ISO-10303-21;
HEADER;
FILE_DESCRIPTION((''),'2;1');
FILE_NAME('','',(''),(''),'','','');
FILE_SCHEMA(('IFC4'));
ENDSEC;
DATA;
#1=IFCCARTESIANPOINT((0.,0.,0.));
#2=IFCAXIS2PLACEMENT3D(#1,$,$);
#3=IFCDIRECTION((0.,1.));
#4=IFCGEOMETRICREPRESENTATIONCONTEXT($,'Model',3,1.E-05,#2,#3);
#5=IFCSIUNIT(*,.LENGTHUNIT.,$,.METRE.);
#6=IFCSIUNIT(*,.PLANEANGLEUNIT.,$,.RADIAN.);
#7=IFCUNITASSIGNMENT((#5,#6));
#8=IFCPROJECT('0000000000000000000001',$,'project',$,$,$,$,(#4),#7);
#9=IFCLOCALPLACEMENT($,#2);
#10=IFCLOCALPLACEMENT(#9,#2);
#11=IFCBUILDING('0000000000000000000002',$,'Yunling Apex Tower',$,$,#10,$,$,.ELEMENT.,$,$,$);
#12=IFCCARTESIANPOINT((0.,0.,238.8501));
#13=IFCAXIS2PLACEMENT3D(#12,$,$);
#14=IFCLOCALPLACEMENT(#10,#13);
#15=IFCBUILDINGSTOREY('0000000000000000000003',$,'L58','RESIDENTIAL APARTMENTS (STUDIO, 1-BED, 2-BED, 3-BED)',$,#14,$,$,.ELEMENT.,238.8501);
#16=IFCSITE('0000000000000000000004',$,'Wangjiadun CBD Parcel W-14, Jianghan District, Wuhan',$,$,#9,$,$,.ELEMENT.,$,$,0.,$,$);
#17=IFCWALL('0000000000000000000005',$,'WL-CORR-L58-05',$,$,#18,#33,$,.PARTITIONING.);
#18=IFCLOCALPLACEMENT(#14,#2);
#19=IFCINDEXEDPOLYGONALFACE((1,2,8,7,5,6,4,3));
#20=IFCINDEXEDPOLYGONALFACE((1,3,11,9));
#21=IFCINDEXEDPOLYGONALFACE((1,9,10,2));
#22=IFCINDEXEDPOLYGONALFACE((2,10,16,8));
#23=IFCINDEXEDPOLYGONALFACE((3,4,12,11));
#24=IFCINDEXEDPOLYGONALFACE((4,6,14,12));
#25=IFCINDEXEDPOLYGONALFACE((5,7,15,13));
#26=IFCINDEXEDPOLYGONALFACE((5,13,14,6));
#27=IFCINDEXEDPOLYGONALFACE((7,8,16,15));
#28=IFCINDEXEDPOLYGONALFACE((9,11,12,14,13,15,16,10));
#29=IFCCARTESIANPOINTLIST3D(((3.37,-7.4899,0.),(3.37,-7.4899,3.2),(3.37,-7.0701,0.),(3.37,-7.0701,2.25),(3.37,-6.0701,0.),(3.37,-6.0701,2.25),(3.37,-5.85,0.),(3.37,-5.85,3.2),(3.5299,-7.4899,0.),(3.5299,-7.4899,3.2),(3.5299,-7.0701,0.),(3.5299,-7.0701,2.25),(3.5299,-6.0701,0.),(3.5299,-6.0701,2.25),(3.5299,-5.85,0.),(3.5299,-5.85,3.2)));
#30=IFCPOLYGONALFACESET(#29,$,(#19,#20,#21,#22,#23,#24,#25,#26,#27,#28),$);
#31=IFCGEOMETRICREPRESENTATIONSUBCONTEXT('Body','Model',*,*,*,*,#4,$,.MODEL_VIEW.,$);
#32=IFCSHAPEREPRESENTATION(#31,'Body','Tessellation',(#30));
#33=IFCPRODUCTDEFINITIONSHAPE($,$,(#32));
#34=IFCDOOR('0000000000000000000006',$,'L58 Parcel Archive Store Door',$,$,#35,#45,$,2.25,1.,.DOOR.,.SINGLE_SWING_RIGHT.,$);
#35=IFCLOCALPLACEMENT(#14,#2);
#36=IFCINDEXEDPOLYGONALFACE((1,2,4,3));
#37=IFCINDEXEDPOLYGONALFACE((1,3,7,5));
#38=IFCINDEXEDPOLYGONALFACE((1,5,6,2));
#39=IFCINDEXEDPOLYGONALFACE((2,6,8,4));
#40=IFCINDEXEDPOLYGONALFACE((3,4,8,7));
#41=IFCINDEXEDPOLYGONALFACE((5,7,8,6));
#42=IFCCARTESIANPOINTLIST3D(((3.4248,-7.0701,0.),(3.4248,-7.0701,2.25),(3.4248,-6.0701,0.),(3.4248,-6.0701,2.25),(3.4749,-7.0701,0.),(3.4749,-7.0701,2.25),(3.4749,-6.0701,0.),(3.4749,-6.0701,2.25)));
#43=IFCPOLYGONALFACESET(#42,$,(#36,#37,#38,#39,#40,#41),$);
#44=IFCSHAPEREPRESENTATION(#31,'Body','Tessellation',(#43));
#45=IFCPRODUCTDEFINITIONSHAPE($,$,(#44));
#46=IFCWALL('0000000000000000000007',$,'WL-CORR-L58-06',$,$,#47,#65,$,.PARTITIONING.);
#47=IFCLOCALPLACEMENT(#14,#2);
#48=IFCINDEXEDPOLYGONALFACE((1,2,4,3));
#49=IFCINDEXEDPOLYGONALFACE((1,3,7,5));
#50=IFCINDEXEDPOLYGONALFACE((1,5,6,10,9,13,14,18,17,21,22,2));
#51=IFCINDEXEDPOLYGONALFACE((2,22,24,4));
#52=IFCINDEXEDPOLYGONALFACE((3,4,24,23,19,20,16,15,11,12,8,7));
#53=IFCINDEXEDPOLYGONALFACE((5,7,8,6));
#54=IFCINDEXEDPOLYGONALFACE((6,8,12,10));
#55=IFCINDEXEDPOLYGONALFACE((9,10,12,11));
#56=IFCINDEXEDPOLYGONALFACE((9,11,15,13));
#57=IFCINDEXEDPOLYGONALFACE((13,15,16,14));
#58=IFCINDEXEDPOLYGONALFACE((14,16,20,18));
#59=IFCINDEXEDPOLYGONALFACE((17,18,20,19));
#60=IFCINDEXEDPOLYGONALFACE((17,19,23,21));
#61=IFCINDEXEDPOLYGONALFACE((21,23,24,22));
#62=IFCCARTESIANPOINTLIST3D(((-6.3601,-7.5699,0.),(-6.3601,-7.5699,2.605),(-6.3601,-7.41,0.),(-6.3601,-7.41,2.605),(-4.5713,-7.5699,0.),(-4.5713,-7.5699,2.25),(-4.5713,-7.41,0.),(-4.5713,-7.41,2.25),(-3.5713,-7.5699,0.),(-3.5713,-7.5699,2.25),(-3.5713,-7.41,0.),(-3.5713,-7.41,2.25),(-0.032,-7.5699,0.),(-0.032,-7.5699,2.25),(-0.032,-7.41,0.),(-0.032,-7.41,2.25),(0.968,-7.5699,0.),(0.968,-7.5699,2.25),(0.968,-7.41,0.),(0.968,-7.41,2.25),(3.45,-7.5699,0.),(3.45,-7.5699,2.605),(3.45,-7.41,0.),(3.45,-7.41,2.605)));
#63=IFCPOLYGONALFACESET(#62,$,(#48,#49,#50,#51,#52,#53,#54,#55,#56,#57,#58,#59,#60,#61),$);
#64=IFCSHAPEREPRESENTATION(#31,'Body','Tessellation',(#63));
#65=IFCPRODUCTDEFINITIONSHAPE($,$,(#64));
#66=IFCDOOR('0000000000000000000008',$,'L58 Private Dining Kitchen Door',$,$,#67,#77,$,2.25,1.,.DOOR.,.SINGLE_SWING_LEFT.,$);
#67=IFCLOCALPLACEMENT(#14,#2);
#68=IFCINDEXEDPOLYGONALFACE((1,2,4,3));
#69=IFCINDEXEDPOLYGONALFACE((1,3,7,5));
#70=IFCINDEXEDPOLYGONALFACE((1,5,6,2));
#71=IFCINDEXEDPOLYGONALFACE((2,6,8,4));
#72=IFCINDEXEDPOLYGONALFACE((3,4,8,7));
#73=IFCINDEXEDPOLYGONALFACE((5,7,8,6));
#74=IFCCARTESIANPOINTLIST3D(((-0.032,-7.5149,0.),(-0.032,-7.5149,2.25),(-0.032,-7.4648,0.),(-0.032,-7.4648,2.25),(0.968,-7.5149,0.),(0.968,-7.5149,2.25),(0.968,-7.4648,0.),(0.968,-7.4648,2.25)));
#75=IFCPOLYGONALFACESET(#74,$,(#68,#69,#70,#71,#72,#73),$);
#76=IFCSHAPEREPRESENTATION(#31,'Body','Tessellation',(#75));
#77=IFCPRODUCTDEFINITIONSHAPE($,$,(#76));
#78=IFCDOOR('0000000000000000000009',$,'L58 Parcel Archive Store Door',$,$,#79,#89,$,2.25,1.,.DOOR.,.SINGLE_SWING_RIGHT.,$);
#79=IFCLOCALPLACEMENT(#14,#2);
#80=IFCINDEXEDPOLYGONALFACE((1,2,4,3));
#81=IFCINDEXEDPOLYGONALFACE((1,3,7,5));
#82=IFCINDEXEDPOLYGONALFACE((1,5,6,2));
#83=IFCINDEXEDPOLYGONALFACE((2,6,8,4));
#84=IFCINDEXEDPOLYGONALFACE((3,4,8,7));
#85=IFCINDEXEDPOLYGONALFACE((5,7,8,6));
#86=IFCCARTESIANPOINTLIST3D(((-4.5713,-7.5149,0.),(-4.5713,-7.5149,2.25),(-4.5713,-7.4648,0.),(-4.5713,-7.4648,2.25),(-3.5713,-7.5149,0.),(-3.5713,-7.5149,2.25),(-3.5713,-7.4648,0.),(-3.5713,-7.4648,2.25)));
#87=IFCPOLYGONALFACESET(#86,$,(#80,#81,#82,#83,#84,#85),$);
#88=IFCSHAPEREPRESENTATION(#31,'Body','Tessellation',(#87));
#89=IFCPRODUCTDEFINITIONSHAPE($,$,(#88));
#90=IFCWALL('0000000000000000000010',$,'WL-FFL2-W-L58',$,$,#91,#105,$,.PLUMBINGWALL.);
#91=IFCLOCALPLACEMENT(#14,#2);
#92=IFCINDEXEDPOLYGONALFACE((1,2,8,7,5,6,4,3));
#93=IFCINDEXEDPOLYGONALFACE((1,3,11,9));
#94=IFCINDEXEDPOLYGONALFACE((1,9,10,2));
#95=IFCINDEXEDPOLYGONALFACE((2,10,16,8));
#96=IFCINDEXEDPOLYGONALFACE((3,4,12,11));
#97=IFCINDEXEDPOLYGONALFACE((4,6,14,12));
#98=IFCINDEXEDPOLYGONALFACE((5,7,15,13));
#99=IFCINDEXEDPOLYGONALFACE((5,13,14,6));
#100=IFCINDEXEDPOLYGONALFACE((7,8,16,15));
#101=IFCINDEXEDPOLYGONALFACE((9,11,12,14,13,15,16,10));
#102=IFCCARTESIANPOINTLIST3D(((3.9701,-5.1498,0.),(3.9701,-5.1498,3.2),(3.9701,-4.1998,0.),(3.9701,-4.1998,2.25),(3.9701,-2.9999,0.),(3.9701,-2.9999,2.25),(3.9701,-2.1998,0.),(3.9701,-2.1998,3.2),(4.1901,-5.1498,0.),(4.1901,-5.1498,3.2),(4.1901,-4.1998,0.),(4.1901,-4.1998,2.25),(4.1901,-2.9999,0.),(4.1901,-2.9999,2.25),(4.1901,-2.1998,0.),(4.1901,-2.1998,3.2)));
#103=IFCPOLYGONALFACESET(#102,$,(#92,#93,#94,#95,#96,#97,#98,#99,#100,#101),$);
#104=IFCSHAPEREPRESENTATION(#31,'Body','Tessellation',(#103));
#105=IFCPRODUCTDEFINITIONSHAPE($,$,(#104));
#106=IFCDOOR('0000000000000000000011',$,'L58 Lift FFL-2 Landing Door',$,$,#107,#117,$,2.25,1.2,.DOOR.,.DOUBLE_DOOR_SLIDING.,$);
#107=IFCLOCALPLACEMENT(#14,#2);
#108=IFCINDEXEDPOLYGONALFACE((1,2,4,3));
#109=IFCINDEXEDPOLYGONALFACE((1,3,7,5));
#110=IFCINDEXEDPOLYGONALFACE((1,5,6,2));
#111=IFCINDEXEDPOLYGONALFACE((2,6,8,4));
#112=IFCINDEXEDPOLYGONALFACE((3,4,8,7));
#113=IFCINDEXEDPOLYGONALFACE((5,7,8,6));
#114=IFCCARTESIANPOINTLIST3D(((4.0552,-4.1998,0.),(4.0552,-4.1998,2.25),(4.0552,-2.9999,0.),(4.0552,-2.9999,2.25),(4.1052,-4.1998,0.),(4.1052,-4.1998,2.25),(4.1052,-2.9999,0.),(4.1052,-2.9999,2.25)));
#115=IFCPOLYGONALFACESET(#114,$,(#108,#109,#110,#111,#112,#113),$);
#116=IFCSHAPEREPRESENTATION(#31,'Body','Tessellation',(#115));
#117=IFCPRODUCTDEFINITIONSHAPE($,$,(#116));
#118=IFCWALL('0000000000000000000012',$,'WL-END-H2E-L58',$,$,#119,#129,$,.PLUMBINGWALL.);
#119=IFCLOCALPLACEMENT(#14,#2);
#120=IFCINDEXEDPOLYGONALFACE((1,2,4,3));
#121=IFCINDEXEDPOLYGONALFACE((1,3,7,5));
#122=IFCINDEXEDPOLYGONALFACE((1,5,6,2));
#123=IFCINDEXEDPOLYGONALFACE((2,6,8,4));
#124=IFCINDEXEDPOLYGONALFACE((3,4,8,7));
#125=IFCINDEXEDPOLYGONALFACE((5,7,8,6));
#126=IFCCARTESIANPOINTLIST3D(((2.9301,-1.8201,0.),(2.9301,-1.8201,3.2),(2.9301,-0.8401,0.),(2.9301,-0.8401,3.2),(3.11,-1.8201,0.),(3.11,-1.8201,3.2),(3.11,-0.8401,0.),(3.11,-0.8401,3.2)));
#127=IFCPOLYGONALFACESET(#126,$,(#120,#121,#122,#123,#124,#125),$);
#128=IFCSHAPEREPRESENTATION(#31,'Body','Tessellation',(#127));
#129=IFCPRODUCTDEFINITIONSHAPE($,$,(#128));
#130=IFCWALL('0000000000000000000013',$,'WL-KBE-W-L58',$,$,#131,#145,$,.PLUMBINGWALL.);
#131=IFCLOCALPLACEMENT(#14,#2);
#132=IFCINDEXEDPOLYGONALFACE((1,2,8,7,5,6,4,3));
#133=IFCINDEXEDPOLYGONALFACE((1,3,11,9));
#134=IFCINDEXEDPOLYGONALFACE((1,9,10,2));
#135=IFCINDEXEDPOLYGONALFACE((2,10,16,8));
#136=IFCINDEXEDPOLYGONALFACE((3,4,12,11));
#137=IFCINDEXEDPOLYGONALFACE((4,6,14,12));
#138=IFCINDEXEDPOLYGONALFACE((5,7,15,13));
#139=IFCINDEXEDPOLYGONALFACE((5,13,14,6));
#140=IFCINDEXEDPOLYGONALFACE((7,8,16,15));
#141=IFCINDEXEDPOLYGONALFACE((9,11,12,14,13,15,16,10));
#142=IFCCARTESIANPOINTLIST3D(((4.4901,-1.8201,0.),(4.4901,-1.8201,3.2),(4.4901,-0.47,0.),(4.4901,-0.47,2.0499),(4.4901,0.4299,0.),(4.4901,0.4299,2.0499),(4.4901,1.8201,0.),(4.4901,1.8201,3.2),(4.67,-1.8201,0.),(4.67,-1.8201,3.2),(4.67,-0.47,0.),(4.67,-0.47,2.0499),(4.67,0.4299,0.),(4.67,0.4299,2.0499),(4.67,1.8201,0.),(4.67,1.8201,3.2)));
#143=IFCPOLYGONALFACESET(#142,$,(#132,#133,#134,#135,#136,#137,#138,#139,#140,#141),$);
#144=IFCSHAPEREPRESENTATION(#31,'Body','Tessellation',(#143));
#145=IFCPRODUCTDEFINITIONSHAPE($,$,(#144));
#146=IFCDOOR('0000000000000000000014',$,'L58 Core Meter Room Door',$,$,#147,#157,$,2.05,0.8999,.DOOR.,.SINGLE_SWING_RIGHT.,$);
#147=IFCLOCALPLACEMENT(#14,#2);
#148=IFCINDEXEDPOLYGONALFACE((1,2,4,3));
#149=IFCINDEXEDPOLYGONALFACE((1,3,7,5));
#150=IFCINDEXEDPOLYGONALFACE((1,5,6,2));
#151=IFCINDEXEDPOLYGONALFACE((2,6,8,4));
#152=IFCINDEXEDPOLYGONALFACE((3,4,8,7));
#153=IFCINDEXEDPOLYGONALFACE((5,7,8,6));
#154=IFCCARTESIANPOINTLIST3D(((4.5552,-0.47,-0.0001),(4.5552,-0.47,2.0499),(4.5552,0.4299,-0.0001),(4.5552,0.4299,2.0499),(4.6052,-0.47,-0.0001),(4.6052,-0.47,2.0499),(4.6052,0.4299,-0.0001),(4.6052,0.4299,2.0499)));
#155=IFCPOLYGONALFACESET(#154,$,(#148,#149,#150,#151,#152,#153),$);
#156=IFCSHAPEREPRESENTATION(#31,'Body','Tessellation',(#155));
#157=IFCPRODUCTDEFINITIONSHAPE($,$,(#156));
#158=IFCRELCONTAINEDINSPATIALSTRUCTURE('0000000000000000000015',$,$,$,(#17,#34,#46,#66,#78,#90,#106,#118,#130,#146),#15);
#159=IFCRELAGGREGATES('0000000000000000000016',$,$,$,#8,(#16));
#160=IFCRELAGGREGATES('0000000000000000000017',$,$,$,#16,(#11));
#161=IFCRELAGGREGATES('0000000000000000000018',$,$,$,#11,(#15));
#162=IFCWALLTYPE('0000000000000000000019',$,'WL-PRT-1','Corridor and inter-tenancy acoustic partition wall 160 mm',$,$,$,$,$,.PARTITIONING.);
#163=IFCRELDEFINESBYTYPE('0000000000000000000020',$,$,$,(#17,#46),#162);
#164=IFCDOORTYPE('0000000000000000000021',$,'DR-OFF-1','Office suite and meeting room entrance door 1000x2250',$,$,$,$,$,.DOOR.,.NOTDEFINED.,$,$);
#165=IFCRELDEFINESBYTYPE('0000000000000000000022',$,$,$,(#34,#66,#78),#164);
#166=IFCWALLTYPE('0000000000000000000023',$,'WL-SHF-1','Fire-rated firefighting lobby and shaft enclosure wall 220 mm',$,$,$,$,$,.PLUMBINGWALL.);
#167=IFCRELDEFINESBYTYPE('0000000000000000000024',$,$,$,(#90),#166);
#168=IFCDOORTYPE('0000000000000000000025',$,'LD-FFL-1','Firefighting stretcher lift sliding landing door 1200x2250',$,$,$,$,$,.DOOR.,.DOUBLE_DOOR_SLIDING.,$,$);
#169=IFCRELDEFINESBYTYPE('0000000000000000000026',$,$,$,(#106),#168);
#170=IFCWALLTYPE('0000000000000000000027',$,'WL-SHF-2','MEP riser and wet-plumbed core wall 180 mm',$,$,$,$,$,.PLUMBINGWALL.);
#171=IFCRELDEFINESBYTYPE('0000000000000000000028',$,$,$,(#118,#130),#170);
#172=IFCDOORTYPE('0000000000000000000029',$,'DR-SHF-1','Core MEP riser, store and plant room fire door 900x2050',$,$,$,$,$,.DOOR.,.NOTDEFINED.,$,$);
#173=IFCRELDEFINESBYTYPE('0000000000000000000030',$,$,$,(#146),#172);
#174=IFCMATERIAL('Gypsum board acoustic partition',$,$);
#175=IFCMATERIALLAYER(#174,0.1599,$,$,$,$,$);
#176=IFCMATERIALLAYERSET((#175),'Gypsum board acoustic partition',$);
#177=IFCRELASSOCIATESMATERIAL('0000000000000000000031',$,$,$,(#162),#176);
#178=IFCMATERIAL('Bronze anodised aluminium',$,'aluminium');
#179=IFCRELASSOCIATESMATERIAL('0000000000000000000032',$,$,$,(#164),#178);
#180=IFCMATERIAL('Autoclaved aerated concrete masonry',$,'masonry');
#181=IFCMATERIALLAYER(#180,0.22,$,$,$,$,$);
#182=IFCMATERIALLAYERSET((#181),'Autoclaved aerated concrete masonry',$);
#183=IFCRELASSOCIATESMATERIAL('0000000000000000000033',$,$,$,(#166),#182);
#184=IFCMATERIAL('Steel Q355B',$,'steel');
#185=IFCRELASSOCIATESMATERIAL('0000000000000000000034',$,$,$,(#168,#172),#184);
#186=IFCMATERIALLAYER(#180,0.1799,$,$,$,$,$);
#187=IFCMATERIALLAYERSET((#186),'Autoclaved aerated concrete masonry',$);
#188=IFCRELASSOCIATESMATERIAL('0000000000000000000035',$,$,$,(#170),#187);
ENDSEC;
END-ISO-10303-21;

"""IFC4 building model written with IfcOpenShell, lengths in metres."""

from ifc_helpers import new_model, si_unit, direction, frame, frame_2d, origin, place, context, subcontext, project, spatial, rectangle, extrude, material, layer, layer_set, type_object, element, fill, save


model = new_model("IFC4")

# Units and contexts
model_context = context("Model", 3, precision=1e-05, world=origin(), true_north=direction((0.0, 1.0)))
body_context = subcontext(model_context, "Body", "Model", "MODEL_VIEW")
ifc_project = project(units=[si_unit("LENGTHUNIT", "METRE"), si_unit("PLANEANGLEUNIT", "RADIAN")], contexts=[model_context])

# Site, building, storey
site_placement = place(None, origin())
site = spatial("IfcSite", under=ifc_project, at=site_placement, Name="Wangjiadun CBD Parcel W-14, Jianghan District, Wuhan", CompositionType="ELEMENT", RefElevation=0.0)
building_placement = place(site_placement, origin())
building = spatial("IfcBuilding", under=site, at=building_placement, Name="Yunling Apex Tower", CompositionType="ELEMENT")
storey_placement = place(building_placement, frame((0.0, 0.0, 238.8501)))
storey = spatial("IfcBuildingStorey", under=building, at=storey_placement, Name="L58", Description="RESIDENTIAL APARTMENTS (STUDIO, 1-BED, 2-BED, 3-BED)", CompositionType="ELEMENT", Elevation=238.8501)

# Shared definitions
ifc_material_1 = material(Name="Steel Q355B", Category="steel")

# Shared definitions
ifc_material_2 = material(Name="Bronze anodised aluminium", Category="aluminium")

# Wall, opening, door
ifc_material_3 = material(Name="Gypsum board acoustic partition")
ifc_layer_1 = layer(ifc_material_3, 0.1599)
ifc_layer_set_1 = layer_set([ifc_layer_1], Name="Gypsum board acoustic partition")
wall_type_1 = type_object("IfcWallType", Name="WL-PRT-1", Description="Corridor and inter-tenancy acoustic partition wall 160 mm", PredefinedType="PARTITIONING", material=ifc_layer_set_1)
wall_1_placement = place(storey_placement, frame((3.45, -5.8501, 0.0), z_axis=(0.0, 0.0, 1.0), x_axis=(0.0, -1.0, 0.0)))
wall_1 = element("IfcWall", 1, at=wall_1_placement, inside=storey, type_object=wall_type_1, Name="WL-CORR-L58-05", PredefinedType="PARTITIONING", context=body_context, shape_type="SweptSolid", body=[
    extrude(rectangle(XDim=1.6399, YDim=0.1599, at=frame_2d((0.8198, 0.0))), origin(), (0.0, 0.0, 1.0), 3.2),
])
opening_1_placement = place(wall_1_placement, frame((0.22, 0.0, 0.0)))
opening_1 = element("IfcOpeningElement", 2, at=opening_1_placement, cuts=wall_1, PredefinedType="OPENING", context=body_context, shape_type="SweptSolid", body=[
    extrude(rectangle(XDim=1.0, YDim=2.25, at=frame_2d((0.5, 1.125))), frame((0.0, 0.0898, 0.0), z_axis=(0.0, -1.0, 0.0), x_axis=(1.0, 0.0, 0.0)), (0.0, 0.0, 1.0), 0.1799),
])
door_type_1 = type_object("IfcDoorType", Name="DR-OFF-1", Description="Office suite and meeting room entrance door 1000x2250", OperationType="NOTDEFINED", PredefinedType="DOOR", material=ifc_material_2)
door_1_placement = place(opening_1_placement, origin())
door_1 = element("IfcDoor", 3, at=door_1_placement, inside=storey, type_object=door_type_1, Name="L58 Parcel Archive Store Door", OperationType="SINGLE_SWING_RIGHT", OverallHeight=2.25, OverallWidth=1.0, PredefinedType="DOOR", context=body_context, shape_type="SweptSolid", body=[
    extrude(rectangle(XDim=1.0, YDim=2.25, at=frame_2d((0.5, 1.125))), frame((0.0, 0.0249, 0.0), z_axis=(0.0, -1.0, 0.0), x_axis=(1.0, 0.0, 0.0)), (0.0, 0.0, 1.0), 0.05),
])
fill(opening_1, door_1)

# Wall, openings, doors
wall_2_placement = place(storey_placement, frame((3.45, -7.49, 0.0), z_axis=(0.0, 0.0, 1.0), x_axis=(-1.0, 0.0, 0.0)))
wall_2 = element("IfcWall", 4, at=wall_2_placement, inside=storey, type_object=wall_type_1, Name="WL-CORR-L58-06", PredefinedType="PARTITIONING", context=body_context, shape_type="SweptSolid", body=[
    extrude(rectangle(XDim=9.8101, YDim=0.1599, at=frame_2d((4.905, 0.0))), origin(), (0.0, 0.0, 1.0), 2.605),
])
opening_2_placement = place(wall_2_placement, frame((2.4819, 0.0, 0.0)))
opening_2 = element("IfcOpeningElement", 5, at=opening_2_placement, cuts=wall_2, PredefinedType="OPENING", context=body_context, shape_type="SweptSolid", body=[
    extrude(rectangle(XDim=1.0, YDim=2.25, at=frame_2d((0.5, 1.125))), frame((0.0, 0.0898, 0.0), z_axis=(0.0, -1.0, 0.0), x_axis=(1.0, 0.0, 0.0)), (0.0, 0.0, 1.0), 0.1799),
])
opening_3_placement = place(wall_2_placement, frame((7.0212, 0.0, 0.0)))
opening_3 = element("IfcOpeningElement", 6, at=opening_3_placement, cuts=wall_2, PredefinedType="OPENING", context=body_context, shape_type="SweptSolid", body=[
    extrude(rectangle(XDim=1.0, YDim=2.25, at=frame_2d((0.5, 1.125))), frame((0.0, 0.0898, 0.0), z_axis=(0.0, -1.0, 0.0), x_axis=(1.0, 0.0, 0.0)), (0.0, 0.0, 1.0), 0.1799),
])
door_2_placement = place(opening_2_placement, origin())
door_2 = element("IfcDoor", 7, at=door_2_placement, inside=storey, type_object=door_type_1, Name="L58 Private Dining Kitchen Door", OperationType="SINGLE_SWING_LEFT", OverallHeight=2.25, OverallWidth=1.0, PredefinedType="DOOR", context=body_context, shape_type="SweptSolid", body=[
    extrude(rectangle(XDim=1.0, YDim=2.25, at=frame_2d((0.5, 1.125))), frame((0.0, 0.0249, 0.0), z_axis=(0.0, -1.0, 0.0), x_axis=(1.0, 0.0, 0.0)), (0.0, 0.0, 1.0), 0.05),
])
fill(opening_2, door_2)
door_3_placement = place(opening_3_placement, origin())
door_3 = element("IfcDoor", 8, at=door_3_placement, inside=storey, type_object=door_type_1, Name="L58 Parcel Archive Store Door", OperationType="SINGLE_SWING_RIGHT", OverallHeight=2.25, OverallWidth=1.0, PredefinedType="DOOR", context=body_context, shape_type="SweptSolid", body=[
    extrude(rectangle(XDim=1.0, YDim=2.25, at=frame_2d((0.5, 1.125))), frame((0.0, 0.0249, 0.0), z_axis=(0.0, -1.0, 0.0), x_axis=(1.0, 0.0, 0.0)), (0.0, 0.0, 1.0), 0.05),
])
fill(opening_3, door_3)

# Wall, opening, door
ifc_material_4 = material(Name="Autoclaved aerated concrete masonry", Category="masonry")
ifc_layer_2 = layer(ifc_material_4, 0.22)
ifc_layer_set_2 = layer_set([ifc_layer_2], Name="Autoclaved aerated concrete masonry")
wall_type_2 = type_object("IfcWallType", Name="WL-SHF-1", Description="Fire-rated firefighting lobby and shaft enclosure wall 220 mm", PredefinedType="PLUMBINGWALL", material=ifc_layer_set_2)
wall_3_placement = place(storey_placement, frame((4.0801, -5.1499, 0.0), z_axis=(0.0, 0.0, 1.0), x_axis=(0.0, 1.0, 0.0)))
wall_3 = element("IfcWall", 9, at=wall_3_placement, inside=storey, type_object=wall_type_2, Name="WL-FFL2-W-L58", PredefinedType="PLUMBINGWALL", context=body_context, shape_type="SweptSolid", body=[
    extrude(rectangle(XDim=2.95, YDim=0.22, at=frame_2d((1.4751, 0.0))), origin(), (0.0, 0.0, 1.0), 3.2),
])
opening_4_placement = place(wall_3_placement, frame((0.95, 0.0, 0.0)))
opening_4 = element("IfcOpeningElement", 10, at=opening_4_placement, cuts=wall_3, PredefinedType="OPENING", context=body_context, shape_type="SweptSolid", body=[
    extrude(rectangle(XDim=1.2, YDim=2.25, at=frame_2d((0.6001, 1.125))), frame((0.0, 0.1201, 0.0), z_axis=(0.0, -1.0, 0.0), x_axis=(1.0, 0.0, 0.0)), (0.0, 0.0, 1.0), 0.24),
])
door_type_2 = type_object("IfcDoorType", Name="LD-FFL-1", Description="Firefighting stretcher lift sliding landing door 1200x2250", OperationType="DOUBLE_DOOR_SLIDING", PredefinedType="DOOR", material=ifc_material_1)
door_4_placement = place(opening_4_placement, origin())
door_4 = element("IfcDoor", 11, at=door_4_placement, inside=storey, type_object=door_type_2, Name="L58 Lift FFL-2 Landing Door", OperationType="DOUBLE_DOOR_SLIDING", OverallHeight=2.25, OverallWidth=1.2, PredefinedType="DOOR", context=body_context, shape_type="SweptSolid", body=[
    extrude(rectangle(XDim=1.2, YDim=2.25, at=frame_2d((0.6001, 1.125))), frame((0.0, 0.0249, 0.0), z_axis=(0.0, -1.0, 0.0), x_axis=(1.0, 0.0, 0.0)), (0.0, 0.0, 1.0), 0.05),
])
fill(opening_4, door_4)

# Wall
ifc_layer_3 = layer(ifc_material_4, 0.1799)
ifc_layer_set_3 = layer_set([ifc_layer_3], Name="Autoclaved aerated concrete masonry")
wall_type_3 = type_object("IfcWallType", Name="WL-SHF-2", Description="MEP riser and wet-plumbed core wall 180 mm", PredefinedType="PLUMBINGWALL", material=ifc_layer_set_3)
wall_4_placement = place(storey_placement, frame((3.02, -1.8201, 0.0), z_axis=(0.0, 0.0, 1.0), x_axis=(0.0, 1.0, 0.0)))
element("IfcWall", 12, at=wall_4_placement, inside=storey, type_object=wall_type_3, Name="WL-END-H2E-L58", PredefinedType="PLUMBINGWALL", context=body_context, shape_type="SweptSolid", body=[
    extrude(rectangle(XDim=0.98, YDim=0.1799, at=frame_2d((0.49, 0.0))), origin(), (0.0, 0.0, 1.0), 3.2),
])

# Wall, opening, door
wall_5_placement = place(storey_placement, frame((4.5801, -1.8201, 0.0), z_axis=(0.0, 0.0, 1.0), x_axis=(0.0, 1.0, 0.0)))
wall_5 = element("IfcWall", 13, at=wall_5_placement, inside=storey, type_object=wall_type_3, Name="WL-KBE-W-L58", PredefinedType="PLUMBINGWALL", context=body_context, shape_type="SweptSolid", body=[
    extrude(rectangle(XDim=3.6401, YDim=0.1799, at=frame_2d((1.8201, 0.0))), origin(), (0.0, 0.0, 1.0), 3.2),
])
opening_5_placement = place(wall_5_placement, frame((1.3501, 0.0, 0.0)))
opening_5 = element("IfcOpeningElement", 14, at=opening_5_placement, cuts=wall_5, PredefinedType="OPENING", context=body_context, shape_type="SweptSolid", body=[
    extrude(rectangle(XDim=0.8999, YDim=2.05, at=frame_2d((0.45, 1.0249))), frame((0.0, 0.1001, 0.0), z_axis=(0.0, -1.0, 0.0), x_axis=(1.0, 0.0, 0.0)), (0.0, 0.0, 1.0), 0.2),
])
door_type_3 = type_object("IfcDoorType", Name="DR-SHF-1", Description="Core MEP riser, store and plant room fire door 900x2050", OperationType="NOTDEFINED", PredefinedType="DOOR", material=ifc_material_1)
door_5_placement = place(opening_5_placement, origin())
door_5 = element("IfcDoor", 15, at=door_5_placement, inside=storey, type_object=door_type_3, Name="L58 Core Meter Room Door", OperationType="SINGLE_SWING_RIGHT", OverallHeight=2.05, OverallWidth=0.8999, PredefinedType="DOOR", context=body_context, shape_type="SweptSolid", body=[
    extrude(rectangle(XDim=0.8999, YDim=2.05, at=frame_2d((0.45, 1.0249))), frame((0.0, 0.0249, 0.0), z_axis=(0.0, -1.0, 0.0), x_axis=(1.0, 0.0, 0.0)), (0.0, 0.0, 1.0), 0.05),
])
fill(opening_5, door_5)

save(model, "model.ifc")
